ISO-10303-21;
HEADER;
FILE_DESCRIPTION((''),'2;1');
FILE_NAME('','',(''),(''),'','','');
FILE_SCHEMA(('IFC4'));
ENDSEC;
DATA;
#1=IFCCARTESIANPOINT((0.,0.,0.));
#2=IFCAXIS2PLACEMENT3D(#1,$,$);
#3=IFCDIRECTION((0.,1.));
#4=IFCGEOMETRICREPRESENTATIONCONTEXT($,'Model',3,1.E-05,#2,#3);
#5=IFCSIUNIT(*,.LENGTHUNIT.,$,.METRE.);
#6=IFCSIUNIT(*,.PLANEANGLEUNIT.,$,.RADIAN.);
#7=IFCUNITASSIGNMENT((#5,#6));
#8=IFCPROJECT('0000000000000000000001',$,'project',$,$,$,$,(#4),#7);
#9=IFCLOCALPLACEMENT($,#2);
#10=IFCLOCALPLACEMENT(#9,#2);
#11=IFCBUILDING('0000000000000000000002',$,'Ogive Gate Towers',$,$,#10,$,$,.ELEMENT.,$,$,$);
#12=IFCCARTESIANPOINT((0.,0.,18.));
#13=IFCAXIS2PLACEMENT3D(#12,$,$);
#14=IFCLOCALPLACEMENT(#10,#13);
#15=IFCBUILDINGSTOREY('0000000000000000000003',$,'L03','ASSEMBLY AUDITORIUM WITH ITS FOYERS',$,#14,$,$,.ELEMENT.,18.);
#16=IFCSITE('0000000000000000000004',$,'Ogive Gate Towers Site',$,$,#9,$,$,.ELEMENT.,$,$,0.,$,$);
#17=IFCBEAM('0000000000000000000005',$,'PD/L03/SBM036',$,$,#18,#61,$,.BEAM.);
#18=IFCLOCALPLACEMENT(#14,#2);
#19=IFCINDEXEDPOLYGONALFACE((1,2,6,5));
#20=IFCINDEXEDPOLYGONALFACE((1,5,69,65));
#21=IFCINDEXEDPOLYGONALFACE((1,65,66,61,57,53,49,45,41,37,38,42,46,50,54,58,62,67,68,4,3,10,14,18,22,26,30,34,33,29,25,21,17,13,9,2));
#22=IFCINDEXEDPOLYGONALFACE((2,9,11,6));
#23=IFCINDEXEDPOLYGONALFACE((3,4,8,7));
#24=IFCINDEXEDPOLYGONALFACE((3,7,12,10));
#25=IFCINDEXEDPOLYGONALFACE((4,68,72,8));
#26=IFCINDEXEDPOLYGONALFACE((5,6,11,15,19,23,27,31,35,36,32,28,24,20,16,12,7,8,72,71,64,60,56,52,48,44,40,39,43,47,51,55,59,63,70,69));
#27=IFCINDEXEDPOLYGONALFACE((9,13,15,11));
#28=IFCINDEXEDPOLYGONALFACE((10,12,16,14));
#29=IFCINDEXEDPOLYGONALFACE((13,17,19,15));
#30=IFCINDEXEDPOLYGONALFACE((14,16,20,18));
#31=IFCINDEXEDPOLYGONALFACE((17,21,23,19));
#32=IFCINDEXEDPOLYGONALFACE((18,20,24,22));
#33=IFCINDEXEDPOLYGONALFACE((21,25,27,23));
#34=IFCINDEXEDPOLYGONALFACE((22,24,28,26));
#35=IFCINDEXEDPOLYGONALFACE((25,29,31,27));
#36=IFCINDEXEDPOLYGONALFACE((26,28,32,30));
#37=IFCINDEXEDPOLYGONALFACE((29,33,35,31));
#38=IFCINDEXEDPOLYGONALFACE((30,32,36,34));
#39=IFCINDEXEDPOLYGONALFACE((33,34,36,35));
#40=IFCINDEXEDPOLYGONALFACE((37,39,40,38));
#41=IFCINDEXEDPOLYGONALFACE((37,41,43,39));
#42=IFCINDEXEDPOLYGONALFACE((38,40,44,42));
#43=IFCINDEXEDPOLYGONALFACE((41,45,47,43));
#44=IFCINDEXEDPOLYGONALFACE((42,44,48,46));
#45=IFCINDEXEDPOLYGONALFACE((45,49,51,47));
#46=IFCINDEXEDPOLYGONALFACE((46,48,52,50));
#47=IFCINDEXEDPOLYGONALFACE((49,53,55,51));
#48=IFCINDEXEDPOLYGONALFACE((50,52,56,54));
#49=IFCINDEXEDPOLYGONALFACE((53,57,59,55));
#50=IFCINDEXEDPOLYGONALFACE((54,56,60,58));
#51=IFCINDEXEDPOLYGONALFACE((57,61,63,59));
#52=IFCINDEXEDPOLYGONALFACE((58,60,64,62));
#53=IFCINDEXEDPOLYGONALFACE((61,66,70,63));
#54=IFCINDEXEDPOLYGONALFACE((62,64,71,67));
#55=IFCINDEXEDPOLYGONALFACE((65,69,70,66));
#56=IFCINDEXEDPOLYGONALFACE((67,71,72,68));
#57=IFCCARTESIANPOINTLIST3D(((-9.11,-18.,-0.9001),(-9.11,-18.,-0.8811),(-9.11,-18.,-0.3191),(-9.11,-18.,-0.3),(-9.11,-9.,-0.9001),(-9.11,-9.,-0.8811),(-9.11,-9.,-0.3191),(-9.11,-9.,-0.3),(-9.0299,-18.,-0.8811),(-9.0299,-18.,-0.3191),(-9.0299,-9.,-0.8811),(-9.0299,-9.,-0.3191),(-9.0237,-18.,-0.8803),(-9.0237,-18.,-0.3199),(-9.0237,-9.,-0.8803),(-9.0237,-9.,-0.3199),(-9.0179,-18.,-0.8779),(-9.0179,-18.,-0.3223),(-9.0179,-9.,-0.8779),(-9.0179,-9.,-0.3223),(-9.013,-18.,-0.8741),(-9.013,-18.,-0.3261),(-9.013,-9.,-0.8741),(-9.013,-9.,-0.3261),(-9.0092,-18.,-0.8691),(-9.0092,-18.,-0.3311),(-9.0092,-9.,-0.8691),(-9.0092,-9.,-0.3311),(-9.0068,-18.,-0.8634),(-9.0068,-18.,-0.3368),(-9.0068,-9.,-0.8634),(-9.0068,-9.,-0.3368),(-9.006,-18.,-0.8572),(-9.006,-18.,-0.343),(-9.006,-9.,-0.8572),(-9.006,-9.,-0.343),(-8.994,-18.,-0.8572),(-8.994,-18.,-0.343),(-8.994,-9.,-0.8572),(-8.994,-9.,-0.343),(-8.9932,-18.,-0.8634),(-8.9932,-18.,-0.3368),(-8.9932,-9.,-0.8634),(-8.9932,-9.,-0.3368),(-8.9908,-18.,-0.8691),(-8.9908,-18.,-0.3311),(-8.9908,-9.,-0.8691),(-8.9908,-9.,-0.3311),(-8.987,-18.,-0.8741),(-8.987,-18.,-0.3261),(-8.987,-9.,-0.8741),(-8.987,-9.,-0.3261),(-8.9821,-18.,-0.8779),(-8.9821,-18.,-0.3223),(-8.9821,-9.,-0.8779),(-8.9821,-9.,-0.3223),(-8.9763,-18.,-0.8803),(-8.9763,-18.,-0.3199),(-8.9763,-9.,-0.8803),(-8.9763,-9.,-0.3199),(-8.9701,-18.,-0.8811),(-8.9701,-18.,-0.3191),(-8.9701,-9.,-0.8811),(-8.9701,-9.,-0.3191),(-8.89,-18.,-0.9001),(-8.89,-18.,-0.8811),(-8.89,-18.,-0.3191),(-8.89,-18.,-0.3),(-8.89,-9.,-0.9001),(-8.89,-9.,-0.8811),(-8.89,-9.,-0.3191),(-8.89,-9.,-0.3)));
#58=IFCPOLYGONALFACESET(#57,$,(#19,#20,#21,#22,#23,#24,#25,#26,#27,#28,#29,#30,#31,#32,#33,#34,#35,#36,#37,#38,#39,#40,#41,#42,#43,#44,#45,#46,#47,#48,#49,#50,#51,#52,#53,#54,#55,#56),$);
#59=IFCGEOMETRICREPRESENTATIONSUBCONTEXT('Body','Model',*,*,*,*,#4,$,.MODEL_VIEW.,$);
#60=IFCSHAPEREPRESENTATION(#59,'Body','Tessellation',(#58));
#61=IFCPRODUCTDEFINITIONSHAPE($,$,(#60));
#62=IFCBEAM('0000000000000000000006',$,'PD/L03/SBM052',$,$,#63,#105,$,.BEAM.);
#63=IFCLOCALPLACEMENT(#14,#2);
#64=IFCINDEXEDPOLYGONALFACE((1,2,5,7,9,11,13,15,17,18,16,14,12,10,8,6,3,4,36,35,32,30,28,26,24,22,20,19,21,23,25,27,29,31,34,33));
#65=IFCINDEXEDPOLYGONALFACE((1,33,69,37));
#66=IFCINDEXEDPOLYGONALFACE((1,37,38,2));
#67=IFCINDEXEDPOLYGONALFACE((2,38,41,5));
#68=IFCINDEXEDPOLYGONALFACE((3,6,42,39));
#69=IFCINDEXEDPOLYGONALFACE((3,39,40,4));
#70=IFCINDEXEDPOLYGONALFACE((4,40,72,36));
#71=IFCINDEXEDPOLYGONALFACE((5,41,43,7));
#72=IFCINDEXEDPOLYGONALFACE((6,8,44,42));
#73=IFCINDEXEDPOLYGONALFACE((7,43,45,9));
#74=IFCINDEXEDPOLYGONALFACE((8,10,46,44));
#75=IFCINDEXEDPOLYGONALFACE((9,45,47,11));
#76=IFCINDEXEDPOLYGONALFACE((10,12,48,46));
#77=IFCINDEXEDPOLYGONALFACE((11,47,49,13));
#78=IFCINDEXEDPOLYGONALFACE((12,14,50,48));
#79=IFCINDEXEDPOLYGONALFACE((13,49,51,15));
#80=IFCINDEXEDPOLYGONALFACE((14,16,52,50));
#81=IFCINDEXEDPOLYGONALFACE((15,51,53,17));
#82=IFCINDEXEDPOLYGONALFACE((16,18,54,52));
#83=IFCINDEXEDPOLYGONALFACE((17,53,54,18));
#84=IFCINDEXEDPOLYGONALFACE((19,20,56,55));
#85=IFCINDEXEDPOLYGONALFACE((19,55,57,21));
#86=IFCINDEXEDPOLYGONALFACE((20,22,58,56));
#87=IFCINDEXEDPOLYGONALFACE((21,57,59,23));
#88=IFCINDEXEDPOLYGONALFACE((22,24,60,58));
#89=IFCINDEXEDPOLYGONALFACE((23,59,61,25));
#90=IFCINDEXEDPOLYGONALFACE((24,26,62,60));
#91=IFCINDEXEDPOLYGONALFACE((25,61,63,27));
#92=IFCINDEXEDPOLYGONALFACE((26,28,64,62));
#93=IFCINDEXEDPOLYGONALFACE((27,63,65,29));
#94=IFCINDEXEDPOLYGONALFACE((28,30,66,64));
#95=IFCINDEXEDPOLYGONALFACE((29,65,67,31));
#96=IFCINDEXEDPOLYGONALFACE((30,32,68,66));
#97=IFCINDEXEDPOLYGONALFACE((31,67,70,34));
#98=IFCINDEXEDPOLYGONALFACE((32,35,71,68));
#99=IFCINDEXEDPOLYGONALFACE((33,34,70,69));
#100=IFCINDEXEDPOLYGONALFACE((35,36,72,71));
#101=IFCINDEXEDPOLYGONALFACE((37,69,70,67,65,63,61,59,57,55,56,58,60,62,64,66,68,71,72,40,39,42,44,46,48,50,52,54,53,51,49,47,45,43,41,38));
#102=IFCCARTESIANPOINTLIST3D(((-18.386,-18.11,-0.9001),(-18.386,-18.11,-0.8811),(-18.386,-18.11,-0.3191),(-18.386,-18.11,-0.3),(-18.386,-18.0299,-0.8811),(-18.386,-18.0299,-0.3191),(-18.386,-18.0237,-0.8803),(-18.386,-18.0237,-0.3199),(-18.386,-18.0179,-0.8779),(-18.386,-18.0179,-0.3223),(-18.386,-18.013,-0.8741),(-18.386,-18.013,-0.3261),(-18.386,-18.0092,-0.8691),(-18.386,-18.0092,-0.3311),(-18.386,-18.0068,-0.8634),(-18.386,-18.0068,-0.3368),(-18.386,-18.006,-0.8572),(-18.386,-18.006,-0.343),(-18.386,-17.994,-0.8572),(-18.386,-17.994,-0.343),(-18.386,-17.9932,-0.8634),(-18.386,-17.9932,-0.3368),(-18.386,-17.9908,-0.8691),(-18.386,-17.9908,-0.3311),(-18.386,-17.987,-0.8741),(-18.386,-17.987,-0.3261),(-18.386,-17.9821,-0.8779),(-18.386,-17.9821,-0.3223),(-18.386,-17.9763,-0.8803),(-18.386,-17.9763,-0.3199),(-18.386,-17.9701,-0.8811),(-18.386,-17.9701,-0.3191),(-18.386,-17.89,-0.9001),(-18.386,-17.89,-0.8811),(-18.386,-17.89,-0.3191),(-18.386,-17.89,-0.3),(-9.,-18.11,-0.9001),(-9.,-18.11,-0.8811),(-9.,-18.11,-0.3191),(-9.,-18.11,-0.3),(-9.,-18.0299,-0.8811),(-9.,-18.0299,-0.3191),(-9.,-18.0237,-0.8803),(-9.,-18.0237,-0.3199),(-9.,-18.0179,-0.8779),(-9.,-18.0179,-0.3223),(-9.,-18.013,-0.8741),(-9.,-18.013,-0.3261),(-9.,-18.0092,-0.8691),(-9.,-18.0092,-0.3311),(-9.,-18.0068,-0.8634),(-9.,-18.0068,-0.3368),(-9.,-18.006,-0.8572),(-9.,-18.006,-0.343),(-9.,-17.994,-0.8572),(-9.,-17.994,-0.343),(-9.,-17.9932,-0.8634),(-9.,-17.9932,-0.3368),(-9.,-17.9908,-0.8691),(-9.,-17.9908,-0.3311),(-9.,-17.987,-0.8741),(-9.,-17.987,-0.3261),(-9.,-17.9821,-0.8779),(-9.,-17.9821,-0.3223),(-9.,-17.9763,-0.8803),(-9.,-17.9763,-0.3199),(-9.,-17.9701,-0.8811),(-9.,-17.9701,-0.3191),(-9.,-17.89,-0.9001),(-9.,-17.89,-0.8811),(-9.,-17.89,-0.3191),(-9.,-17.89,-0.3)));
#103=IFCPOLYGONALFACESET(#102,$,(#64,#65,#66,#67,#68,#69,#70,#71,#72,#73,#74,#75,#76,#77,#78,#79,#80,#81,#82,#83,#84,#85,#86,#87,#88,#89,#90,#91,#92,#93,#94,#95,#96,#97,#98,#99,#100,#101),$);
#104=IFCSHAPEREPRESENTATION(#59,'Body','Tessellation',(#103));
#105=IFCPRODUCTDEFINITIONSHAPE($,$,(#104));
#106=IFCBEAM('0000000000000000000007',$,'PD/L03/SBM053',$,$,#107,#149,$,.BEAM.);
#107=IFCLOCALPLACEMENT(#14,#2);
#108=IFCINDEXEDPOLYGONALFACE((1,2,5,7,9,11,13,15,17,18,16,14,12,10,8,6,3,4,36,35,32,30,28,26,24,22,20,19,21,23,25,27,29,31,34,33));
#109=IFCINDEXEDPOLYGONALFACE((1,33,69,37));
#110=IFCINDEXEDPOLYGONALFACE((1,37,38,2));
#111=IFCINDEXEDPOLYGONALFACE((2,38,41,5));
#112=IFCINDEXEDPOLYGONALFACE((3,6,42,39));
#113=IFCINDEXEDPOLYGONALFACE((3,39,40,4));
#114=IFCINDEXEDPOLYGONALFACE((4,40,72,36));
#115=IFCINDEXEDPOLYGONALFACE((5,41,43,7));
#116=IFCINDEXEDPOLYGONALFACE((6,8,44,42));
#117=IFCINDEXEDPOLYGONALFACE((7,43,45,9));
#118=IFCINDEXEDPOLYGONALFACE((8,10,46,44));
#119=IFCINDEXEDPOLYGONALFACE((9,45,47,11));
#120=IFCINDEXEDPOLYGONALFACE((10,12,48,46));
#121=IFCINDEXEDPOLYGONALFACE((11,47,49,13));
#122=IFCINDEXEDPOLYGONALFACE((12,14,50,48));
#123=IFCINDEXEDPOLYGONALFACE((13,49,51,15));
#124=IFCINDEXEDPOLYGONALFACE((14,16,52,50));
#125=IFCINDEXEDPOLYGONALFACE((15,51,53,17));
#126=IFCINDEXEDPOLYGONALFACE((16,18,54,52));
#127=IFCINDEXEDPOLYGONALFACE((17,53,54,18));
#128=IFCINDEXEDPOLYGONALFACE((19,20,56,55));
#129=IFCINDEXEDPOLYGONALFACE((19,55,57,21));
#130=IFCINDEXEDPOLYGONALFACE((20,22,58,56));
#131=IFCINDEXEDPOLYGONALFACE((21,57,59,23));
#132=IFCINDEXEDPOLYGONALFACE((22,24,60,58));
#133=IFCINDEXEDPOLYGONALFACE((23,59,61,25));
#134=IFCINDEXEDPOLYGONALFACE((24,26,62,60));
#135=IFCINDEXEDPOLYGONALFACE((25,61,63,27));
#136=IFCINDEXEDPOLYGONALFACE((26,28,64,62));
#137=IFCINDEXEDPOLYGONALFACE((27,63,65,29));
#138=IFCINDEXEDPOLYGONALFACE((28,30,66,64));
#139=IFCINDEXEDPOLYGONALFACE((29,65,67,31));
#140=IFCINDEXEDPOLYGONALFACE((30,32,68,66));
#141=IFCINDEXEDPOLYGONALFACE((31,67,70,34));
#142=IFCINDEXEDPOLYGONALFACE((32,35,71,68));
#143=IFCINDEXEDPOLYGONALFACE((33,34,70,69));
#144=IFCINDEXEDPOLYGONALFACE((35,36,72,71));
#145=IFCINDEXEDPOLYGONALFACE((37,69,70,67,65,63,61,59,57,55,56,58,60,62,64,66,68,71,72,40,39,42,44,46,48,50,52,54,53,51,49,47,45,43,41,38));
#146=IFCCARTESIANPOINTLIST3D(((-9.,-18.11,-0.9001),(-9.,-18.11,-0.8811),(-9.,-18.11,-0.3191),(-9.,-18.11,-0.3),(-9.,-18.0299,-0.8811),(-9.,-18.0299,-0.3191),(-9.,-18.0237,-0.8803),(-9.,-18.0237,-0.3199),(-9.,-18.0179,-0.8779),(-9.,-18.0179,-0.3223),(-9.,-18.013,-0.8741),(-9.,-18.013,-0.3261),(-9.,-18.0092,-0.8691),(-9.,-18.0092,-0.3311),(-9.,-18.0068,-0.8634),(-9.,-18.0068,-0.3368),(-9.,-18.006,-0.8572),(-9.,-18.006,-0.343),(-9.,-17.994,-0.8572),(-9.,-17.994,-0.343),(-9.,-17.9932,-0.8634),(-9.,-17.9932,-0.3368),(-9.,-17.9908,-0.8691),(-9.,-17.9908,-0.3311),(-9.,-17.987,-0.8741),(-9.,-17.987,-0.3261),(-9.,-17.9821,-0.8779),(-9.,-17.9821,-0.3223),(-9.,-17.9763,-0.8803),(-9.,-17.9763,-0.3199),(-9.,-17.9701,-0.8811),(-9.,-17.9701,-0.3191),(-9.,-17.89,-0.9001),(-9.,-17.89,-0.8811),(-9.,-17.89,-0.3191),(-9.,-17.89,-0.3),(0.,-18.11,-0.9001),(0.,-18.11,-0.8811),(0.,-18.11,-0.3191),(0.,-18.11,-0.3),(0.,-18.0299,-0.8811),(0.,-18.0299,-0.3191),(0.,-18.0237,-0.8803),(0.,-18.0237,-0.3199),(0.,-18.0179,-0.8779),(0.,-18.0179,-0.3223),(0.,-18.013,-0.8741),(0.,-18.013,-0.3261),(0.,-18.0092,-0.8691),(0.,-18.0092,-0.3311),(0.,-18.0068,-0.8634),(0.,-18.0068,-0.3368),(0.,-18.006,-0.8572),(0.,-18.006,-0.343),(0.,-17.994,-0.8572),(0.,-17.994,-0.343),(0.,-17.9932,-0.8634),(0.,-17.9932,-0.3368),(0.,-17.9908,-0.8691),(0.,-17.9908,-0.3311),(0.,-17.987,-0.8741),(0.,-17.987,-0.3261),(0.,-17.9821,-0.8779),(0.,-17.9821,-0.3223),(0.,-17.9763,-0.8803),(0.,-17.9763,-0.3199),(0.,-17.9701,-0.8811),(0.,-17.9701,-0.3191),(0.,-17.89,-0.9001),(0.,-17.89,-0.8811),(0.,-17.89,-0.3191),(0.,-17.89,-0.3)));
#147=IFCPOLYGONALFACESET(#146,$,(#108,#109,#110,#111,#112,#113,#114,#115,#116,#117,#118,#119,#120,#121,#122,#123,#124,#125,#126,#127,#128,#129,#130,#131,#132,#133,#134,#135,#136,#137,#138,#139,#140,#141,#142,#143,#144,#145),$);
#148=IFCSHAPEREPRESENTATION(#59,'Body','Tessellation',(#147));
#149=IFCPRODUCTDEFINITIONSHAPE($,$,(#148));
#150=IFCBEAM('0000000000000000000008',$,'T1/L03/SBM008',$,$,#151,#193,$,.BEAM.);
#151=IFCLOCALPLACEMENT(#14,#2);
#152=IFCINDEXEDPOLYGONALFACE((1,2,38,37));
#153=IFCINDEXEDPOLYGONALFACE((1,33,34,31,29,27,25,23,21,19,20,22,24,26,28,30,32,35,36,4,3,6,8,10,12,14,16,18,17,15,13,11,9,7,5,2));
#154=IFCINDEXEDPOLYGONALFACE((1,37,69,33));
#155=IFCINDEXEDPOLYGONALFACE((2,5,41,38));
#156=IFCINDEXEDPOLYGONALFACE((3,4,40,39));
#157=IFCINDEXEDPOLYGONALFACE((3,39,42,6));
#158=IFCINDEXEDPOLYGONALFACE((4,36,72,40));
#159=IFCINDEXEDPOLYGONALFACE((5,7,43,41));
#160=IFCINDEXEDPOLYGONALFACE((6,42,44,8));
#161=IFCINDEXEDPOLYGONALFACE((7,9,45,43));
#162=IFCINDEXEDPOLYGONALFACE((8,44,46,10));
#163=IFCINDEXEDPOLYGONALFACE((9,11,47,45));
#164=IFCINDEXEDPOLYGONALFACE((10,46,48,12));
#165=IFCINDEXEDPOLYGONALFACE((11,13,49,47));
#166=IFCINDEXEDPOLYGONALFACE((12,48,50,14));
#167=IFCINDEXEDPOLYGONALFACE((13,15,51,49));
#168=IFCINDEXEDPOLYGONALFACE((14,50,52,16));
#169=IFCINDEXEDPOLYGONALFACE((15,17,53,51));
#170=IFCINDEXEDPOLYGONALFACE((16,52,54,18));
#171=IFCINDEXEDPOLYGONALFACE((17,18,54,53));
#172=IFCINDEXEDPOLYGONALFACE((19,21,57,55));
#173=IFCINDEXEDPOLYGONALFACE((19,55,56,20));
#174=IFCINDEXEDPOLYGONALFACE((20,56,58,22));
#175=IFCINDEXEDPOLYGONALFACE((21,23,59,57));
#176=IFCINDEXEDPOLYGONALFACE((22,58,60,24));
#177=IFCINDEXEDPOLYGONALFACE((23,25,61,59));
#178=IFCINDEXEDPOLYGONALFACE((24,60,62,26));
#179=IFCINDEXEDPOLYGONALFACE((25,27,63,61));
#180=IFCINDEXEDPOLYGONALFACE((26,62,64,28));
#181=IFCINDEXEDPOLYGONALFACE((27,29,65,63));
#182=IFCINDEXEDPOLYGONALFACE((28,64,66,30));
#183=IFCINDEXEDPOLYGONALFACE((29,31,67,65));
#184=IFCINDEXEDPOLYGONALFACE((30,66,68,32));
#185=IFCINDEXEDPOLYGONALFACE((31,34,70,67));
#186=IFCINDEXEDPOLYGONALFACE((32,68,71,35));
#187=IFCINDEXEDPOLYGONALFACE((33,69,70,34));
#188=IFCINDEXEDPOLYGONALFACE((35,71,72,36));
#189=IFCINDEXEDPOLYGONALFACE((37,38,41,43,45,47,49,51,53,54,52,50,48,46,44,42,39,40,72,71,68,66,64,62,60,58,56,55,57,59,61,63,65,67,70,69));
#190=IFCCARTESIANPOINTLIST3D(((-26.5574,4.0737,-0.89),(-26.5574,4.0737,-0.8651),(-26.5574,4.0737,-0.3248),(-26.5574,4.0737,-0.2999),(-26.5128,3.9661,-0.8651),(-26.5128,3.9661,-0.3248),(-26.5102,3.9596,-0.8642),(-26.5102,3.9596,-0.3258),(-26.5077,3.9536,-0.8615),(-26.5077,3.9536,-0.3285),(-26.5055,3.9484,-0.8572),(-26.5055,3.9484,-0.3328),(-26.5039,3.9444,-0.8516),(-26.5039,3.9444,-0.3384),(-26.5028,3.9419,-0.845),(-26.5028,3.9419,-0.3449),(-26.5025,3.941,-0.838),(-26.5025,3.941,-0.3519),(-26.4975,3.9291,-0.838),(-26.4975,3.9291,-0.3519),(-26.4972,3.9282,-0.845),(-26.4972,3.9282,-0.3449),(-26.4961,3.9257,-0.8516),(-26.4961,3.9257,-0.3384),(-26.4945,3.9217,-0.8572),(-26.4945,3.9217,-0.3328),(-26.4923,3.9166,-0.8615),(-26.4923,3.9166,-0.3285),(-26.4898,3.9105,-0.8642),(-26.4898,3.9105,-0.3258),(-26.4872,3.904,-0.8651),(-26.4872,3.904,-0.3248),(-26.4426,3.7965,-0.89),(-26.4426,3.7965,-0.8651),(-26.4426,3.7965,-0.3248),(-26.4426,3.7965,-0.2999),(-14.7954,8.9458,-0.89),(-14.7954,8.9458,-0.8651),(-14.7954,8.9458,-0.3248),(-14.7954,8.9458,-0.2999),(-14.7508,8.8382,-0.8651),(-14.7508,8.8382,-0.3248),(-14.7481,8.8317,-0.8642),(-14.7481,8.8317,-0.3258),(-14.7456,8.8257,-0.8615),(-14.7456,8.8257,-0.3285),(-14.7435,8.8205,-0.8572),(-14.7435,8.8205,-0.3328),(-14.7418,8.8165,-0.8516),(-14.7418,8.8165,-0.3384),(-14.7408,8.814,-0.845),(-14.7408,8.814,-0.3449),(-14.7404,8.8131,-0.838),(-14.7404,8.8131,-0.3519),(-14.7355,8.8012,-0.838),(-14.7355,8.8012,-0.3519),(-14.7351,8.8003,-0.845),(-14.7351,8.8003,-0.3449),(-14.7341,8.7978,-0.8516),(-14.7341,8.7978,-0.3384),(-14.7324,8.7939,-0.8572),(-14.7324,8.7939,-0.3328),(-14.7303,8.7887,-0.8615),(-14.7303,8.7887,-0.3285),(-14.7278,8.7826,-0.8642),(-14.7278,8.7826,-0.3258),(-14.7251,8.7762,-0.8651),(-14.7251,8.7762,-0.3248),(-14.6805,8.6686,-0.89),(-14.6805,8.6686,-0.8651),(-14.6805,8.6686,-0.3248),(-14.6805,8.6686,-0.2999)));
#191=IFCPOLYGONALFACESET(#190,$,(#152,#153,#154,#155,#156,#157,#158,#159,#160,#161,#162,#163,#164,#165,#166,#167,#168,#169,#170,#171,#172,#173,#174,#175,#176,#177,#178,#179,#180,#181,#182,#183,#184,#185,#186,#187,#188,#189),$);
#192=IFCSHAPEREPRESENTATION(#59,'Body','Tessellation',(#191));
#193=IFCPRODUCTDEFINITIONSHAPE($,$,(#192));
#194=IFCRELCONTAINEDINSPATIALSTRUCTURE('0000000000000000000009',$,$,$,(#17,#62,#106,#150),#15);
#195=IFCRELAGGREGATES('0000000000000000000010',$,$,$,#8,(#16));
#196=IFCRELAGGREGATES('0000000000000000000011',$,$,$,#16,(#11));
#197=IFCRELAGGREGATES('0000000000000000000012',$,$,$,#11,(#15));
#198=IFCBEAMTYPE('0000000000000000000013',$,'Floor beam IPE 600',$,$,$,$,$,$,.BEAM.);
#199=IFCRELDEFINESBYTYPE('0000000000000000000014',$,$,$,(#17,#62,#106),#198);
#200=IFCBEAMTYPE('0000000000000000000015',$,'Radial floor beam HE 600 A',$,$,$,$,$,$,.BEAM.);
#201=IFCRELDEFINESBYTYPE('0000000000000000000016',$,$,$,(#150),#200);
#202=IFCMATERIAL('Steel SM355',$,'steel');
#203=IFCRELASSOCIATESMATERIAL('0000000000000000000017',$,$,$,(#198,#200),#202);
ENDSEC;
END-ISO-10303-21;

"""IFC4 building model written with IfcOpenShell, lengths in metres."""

from ifc_helpers import new_model, si_unit, direction, frame, origin, origin_2d, place, context, subcontext, project, spatial, i_section, extrude, material, material_profile, profile_set, type_object, element, save


model = new_model("IFC4")

# Units and contexts
model_context = context("Model", 3, precision=1e-05, world=origin(), true_north=direction((0.0, 1.0)))
body_context = subcontext(model_context, "Body", "Model", "MODEL_VIEW")
ifc_project = project(units=[si_unit("LENGTHUNIT", "METRE"), si_unit("PLANEANGLEUNIT", "RADIAN")], contexts=[model_context])

# Site, building, storey
site_placement = place(None, origin())
site = spatial("IfcSite", under=ifc_project, at=site_placement, Name="Ogive Gate Towers Site", CompositionType="ELEMENT", RefElevation=0.0)
building_placement = place(site_placement, origin())
building = spatial("IfcBuilding", under=site, at=building_placement, Name="Ogive Gate Towers", CompositionType="ELEMENT")
storey_placement = place(building_placement, frame((0.0, 0.0, 18.0)))
storey = spatial("IfcBuildingStorey", under=building, at=storey_placement, Name="L03", Description="ASSEMBLY AUDITORIUM WITH ITS FOYERS", CompositionType="ELEMENT", Elevation=18.0)

# Beams
ifc_material_1 = material(Name="Steel SM355", Category="steel")
ifc_material_profile_1 = material_profile(ifc_material_1, i_section(OverallWidth=0.22, OverallDepth=0.6001, WebThickness=0.012, FlangeThickness=0.019, FilletRadius=0.0239, at=origin_2d()), Name="IPE 600")
ifc_profile_set_1 = profile_set([ifc_material_profile_1], Name="Steel SM355")
beam_type_1 = type_object("IfcBeamType", Name="Floor beam IPE 600", PredefinedType="BEAM", material=ifc_profile_set_1)
beam_1_placement = place(storey_placement, frame((-9.0, -18.0, -0.6001), z_axis=(0.0, 1.0, 0.0), x_axis=(-1.0, 0.0, 0.0)))
element("IfcBeam", 1, at=beam_1_placement, inside=storey, type_object=beam_type_1, Name="PD/L03/SBM036", PredefinedType="BEAM", context=body_context, shape_type="SweptSolid", body=[
    extrude(i_section(OverallWidth=0.22, OverallDepth=0.6001, WebThickness=0.012, FlangeThickness=0.019, FilletRadius=0.0239, at=origin_2d()), origin(), (0.0, 0.0, 1.0), 9.0),
])
beam_2_placement = place(storey_placement, frame((-18.386, -18.0, -0.6001), z_axis=(1.0, 0.0, 0.0), x_axis=(0.0, 1.0, 0.0)))
element("IfcBeam", 2, at=beam_2_placement, inside=storey, type_object=beam_type_1, Name="PD/L03/SBM052", PredefinedType="BEAM", context=body_context, shape_type="SweptSolid", body=[
    extrude(i_section(OverallWidth=0.22, OverallDepth=0.6001, WebThickness=0.012, FlangeThickness=0.019, FilletRadius=0.0239, at=origin_2d()), origin(), (0.0, 0.0, 1.0), 9.386),
])
beam_3_placement = place(storey_placement, frame((-9.0, -18.0, -0.6001), z_axis=(1.0, 0.0, 0.0), x_axis=(0.0, 1.0, 0.0)))
element("IfcBeam", 3, at=beam_3_placement, inside=storey, type_object=beam_type_1, Name="PD/L03/SBM053", PredefinedType="BEAM", context=body_context, shape_type="SweptSolid", body=[
    extrude(i_section(OverallWidth=0.22, OverallDepth=0.6001, WebThickness=0.012, FlangeThickness=0.019, FilletRadius=0.0239, at=origin_2d()), origin(), (0.0, 0.0, 1.0), 9.0),
])
ifc_material_profile_2 = material_profile(ifc_material_1, i_section(OverallWidth=0.3, OverallDepth=0.5901, WebThickness=0.0129, FlangeThickness=0.0249, FilletRadius=0.0271, at=origin_2d()), Name="HE 600 A")
ifc_profile_set_2 = profile_set([ifc_material_profile_2], Name="Steel SM355")
beam_type_2 = type_object("IfcBeamType", Name="Radial floor beam HE 600 A", PredefinedType="BEAM", material=ifc_profile_set_2)
beam_4_placement = place(storey_placement, frame((-26.5, 3.9351, -0.595), z_axis=(0.923877, 0.382691, 0.0), x_axis=(-0.382691, 0.923877, 0.0)))
element("IfcBeam", 4, at=beam_4_placement, inside=storey, type_object=beam_type_2, Name="T1/L03/SBM008", PredefinedType="BEAM", context=body_context, shape_type="SweptSolid", body=[
    extrude(i_section(OverallWidth=0.3, OverallDepth=0.5901, WebThickness=0.0129, FlangeThickness=0.0249, FilletRadius=0.0271, at=origin_2d()), origin(), (0.0, 0.0, 1.0), 12.7312),
])

save(model, "model.ifc")
